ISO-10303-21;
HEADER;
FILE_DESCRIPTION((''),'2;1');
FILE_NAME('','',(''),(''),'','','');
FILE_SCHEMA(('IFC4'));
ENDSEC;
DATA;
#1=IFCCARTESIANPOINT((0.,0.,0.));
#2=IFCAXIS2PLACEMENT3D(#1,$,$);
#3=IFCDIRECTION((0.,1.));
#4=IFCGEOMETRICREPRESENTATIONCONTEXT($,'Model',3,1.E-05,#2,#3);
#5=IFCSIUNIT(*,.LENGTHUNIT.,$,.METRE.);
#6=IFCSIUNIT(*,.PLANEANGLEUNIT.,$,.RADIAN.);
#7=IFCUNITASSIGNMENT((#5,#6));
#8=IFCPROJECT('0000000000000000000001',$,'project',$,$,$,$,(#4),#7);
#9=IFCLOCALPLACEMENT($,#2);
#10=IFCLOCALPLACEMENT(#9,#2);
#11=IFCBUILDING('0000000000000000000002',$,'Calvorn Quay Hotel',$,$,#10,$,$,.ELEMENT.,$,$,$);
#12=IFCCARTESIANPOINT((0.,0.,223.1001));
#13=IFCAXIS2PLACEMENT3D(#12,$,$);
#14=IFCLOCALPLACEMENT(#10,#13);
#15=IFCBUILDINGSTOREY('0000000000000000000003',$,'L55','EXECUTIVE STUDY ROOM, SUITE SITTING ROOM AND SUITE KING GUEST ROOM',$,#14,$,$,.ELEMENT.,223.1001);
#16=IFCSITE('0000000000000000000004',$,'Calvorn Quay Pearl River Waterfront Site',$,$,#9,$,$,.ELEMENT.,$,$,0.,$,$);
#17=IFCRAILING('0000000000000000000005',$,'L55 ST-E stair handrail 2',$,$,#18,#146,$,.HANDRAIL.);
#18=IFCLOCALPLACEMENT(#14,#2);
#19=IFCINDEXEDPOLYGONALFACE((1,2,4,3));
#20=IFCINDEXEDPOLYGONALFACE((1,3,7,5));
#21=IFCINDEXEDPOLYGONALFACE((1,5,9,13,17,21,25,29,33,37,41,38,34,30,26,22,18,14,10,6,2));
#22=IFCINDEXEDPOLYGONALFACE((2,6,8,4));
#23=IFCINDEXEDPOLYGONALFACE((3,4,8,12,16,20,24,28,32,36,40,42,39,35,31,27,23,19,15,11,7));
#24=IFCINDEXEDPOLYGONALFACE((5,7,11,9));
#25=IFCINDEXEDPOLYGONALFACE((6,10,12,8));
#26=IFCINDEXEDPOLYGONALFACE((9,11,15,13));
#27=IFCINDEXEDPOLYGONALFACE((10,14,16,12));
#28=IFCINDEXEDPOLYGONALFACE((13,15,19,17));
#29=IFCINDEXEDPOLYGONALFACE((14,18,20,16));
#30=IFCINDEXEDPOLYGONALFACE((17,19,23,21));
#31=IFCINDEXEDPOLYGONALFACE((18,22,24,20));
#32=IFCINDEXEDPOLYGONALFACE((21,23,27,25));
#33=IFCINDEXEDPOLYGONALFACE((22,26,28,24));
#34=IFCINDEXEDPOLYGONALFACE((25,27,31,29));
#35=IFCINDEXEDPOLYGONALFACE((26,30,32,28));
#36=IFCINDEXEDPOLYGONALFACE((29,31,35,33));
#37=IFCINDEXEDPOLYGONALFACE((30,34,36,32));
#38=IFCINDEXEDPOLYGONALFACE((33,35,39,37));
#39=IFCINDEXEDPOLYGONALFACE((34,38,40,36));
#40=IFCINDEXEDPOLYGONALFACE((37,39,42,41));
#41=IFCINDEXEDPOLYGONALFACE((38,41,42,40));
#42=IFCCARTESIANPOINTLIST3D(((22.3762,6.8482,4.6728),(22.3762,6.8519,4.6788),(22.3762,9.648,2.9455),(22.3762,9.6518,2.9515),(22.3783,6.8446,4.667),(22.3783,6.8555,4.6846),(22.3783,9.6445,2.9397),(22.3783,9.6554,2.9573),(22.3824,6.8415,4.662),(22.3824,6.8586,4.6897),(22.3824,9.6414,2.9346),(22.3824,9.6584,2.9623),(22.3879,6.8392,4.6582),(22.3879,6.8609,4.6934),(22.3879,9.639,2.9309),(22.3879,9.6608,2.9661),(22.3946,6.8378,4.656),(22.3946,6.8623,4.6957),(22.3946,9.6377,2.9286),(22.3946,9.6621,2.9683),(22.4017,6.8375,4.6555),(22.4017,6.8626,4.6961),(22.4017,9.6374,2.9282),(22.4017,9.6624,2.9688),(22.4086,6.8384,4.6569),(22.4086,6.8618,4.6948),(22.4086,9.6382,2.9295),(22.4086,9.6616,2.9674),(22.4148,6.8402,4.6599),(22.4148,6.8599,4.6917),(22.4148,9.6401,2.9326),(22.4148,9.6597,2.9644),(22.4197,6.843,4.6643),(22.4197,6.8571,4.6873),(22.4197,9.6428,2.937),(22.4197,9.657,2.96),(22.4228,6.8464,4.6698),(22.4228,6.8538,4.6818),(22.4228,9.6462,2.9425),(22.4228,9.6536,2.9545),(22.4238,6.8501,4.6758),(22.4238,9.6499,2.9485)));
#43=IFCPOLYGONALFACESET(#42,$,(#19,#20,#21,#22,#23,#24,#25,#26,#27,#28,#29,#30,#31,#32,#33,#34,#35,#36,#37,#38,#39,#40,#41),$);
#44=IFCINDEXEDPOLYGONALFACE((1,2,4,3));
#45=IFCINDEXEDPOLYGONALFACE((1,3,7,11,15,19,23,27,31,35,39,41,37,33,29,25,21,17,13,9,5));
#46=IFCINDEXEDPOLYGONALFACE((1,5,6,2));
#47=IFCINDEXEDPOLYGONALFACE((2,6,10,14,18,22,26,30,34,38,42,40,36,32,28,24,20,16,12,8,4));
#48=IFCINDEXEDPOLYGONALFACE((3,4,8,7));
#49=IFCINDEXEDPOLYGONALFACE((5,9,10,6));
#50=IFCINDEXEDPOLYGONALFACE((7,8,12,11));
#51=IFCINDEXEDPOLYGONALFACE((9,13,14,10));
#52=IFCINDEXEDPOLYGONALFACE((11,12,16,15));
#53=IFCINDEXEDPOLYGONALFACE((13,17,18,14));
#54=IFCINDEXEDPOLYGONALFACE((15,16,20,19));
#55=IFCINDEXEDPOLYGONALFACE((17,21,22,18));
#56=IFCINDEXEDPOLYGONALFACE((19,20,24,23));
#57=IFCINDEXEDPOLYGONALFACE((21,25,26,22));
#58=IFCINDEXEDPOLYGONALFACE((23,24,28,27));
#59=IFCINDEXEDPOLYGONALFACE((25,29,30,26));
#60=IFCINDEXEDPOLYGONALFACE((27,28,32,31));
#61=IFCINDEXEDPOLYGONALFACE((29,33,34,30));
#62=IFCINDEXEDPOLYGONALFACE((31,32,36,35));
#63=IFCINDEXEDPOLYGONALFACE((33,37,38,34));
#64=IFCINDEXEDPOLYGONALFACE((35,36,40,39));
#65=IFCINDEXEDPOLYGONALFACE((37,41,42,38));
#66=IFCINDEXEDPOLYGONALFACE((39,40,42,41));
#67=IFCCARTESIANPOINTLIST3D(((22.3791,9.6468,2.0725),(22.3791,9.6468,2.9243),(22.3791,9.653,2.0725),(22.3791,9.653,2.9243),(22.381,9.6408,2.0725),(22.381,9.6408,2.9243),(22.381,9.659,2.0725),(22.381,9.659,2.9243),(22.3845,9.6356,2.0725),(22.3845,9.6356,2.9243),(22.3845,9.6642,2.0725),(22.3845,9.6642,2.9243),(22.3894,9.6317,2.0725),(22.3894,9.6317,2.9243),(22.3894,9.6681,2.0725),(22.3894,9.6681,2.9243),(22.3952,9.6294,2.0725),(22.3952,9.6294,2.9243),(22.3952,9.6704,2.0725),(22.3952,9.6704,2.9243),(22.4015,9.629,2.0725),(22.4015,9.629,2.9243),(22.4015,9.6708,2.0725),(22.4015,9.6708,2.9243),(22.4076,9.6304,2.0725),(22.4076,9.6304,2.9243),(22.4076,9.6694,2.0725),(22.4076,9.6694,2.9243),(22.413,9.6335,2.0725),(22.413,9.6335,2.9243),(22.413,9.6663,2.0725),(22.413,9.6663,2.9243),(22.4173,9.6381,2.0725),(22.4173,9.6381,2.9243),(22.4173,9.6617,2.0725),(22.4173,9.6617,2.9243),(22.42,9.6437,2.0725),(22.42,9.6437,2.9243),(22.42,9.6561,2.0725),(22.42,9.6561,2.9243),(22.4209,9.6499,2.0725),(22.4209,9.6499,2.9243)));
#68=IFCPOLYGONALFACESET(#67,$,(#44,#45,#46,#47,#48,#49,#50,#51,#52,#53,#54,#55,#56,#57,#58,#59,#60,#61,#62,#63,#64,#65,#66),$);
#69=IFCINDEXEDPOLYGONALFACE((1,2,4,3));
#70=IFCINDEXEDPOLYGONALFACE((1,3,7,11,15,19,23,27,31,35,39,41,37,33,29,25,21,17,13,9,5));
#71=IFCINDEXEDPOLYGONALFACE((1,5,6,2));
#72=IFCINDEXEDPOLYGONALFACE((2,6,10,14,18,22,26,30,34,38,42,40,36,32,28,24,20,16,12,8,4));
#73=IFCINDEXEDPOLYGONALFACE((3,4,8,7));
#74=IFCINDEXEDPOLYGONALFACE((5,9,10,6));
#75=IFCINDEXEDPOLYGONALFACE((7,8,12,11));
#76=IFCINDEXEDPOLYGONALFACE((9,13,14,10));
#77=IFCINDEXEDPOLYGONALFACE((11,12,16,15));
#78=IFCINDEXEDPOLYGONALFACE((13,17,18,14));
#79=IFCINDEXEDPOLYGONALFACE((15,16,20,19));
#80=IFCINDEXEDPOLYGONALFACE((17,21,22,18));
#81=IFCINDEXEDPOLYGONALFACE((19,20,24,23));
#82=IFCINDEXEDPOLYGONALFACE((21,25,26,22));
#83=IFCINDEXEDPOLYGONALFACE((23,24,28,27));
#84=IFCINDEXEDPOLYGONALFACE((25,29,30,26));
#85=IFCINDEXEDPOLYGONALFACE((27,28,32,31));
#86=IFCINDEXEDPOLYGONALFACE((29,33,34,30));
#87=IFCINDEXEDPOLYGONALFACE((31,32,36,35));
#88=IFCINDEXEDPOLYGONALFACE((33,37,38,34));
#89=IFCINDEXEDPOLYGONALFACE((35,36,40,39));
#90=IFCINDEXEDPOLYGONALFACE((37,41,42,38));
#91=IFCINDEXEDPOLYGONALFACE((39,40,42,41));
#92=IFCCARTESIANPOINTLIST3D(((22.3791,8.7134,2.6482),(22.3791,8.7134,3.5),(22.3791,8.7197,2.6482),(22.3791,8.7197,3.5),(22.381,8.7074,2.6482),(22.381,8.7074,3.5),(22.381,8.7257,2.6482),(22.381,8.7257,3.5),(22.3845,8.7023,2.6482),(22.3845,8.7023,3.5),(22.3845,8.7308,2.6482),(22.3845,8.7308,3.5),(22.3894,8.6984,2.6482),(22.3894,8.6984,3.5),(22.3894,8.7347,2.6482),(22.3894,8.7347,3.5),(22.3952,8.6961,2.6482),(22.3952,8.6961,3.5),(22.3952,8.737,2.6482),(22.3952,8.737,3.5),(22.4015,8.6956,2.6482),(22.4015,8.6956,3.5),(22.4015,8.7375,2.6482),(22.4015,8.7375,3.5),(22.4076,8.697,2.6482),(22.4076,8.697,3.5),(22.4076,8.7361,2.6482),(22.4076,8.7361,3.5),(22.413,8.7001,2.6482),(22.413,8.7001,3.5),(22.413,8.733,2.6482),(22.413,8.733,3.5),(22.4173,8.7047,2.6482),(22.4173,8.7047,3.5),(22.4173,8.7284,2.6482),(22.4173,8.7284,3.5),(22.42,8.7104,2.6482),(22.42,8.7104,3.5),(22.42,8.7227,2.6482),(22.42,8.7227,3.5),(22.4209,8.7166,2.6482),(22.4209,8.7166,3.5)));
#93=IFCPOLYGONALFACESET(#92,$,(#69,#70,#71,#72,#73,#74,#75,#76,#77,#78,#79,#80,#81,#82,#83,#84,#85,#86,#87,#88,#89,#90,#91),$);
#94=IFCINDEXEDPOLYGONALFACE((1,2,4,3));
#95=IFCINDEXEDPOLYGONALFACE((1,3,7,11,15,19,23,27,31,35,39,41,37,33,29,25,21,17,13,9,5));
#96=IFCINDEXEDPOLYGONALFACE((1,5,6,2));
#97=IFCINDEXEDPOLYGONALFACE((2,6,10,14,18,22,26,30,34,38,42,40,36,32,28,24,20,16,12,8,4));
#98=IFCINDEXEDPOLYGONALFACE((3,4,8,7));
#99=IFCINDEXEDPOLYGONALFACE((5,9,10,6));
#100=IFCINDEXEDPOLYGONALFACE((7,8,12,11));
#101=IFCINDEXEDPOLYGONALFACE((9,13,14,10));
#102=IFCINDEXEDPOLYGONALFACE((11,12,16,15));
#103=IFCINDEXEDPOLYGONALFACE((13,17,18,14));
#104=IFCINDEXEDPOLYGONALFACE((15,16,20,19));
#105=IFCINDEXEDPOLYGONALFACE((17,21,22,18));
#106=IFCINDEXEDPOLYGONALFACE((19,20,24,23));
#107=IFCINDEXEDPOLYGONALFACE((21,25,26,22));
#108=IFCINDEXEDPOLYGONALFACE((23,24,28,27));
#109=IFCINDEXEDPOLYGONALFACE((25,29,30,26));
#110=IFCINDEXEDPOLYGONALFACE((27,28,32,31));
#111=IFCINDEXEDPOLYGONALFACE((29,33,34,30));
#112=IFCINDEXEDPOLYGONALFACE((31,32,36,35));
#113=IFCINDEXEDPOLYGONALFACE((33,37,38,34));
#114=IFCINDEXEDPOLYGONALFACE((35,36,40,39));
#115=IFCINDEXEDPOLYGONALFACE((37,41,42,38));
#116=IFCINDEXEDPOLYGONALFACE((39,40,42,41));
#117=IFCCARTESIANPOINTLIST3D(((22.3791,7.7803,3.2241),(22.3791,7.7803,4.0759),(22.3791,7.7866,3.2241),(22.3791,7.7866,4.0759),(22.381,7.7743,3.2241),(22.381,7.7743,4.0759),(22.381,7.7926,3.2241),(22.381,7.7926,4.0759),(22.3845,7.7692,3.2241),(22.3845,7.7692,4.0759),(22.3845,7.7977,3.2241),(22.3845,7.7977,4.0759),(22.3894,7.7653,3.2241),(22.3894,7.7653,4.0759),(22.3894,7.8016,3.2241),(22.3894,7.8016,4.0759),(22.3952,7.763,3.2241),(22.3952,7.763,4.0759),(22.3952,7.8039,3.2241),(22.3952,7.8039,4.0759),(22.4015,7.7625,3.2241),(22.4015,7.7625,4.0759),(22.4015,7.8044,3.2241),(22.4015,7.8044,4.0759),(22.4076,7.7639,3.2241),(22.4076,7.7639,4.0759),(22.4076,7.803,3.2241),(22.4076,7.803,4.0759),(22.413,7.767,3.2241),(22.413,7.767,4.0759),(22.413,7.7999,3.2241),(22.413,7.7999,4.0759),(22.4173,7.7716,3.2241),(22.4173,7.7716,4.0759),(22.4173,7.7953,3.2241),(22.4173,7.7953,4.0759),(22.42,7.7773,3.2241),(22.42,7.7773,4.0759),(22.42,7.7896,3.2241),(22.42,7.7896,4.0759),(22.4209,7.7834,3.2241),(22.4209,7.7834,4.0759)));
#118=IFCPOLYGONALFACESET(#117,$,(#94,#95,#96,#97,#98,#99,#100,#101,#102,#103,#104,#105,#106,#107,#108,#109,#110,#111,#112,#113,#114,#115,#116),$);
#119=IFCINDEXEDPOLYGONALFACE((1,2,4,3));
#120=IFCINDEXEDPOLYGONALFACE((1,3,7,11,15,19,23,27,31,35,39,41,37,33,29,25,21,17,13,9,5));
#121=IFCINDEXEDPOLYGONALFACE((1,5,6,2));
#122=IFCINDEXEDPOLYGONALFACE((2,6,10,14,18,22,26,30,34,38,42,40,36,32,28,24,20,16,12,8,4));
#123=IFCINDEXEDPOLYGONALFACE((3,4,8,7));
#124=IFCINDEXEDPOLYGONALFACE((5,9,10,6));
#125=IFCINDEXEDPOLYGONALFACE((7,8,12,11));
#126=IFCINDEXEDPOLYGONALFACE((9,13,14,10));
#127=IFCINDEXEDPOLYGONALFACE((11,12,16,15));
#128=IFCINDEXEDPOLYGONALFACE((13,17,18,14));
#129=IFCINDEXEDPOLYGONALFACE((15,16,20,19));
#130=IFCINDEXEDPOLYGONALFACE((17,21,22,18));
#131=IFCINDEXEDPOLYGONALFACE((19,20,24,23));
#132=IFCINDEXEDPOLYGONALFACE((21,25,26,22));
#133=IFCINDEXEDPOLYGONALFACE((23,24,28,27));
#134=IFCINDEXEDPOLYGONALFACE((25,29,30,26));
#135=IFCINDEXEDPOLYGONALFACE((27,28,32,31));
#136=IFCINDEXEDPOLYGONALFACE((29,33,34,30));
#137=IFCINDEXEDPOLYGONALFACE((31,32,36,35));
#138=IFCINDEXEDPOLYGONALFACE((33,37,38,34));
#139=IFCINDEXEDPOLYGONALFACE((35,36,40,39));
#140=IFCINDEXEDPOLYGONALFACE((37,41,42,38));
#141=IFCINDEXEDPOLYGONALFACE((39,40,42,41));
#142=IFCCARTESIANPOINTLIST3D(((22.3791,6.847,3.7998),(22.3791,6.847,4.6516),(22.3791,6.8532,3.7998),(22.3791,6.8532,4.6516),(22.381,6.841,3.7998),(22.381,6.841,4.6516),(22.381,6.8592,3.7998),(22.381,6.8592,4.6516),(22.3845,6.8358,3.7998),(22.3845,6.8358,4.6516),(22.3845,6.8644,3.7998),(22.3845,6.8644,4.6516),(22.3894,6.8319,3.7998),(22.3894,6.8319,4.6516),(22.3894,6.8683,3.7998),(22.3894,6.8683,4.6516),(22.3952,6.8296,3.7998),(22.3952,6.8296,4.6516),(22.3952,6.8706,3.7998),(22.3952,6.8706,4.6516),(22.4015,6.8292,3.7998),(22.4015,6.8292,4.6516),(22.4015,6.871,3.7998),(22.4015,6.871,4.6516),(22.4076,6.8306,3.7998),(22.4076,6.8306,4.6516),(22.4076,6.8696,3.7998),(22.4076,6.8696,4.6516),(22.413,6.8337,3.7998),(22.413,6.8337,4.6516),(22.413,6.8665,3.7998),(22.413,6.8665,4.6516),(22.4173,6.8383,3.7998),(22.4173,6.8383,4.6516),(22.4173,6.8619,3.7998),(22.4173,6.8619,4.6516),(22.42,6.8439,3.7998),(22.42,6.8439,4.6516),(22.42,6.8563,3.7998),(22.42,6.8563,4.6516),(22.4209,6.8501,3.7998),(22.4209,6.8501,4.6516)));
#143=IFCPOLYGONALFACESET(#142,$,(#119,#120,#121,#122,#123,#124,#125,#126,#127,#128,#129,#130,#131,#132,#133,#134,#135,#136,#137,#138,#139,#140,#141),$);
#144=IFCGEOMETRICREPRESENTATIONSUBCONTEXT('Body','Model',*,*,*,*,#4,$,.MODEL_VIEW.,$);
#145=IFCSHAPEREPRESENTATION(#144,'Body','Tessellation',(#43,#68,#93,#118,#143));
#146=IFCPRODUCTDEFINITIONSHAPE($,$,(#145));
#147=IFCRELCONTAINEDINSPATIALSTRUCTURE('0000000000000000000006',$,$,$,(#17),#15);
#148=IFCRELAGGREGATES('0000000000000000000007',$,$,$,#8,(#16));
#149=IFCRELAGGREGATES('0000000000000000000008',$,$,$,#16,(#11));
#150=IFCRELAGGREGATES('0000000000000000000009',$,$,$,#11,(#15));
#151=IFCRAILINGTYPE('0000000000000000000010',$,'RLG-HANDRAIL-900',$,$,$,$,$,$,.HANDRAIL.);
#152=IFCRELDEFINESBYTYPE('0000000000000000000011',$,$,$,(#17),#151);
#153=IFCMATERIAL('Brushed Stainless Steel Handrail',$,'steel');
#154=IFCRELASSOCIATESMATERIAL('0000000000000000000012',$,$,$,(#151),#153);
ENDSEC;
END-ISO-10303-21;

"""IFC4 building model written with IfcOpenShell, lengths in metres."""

from ifc_helpers import new_model, si_unit, direction, frame, origin, origin_2d, place, context, subcontext, project, spatial, circle, extrude, material, type_object, element, save


model = new_model("IFC4")

# Units and contexts
model_context = context("Model", 3, precision=1e-05, world=origin(), true_north=direction((0.0, 1.0)))
body_context = subcontext(model_context, "Body", "Model", "MODEL_VIEW")
ifc_project = project(units=[si_unit("LENGTHUNIT", "METRE"), si_unit("PLANEANGLEUNIT", "RADIAN")], contexts=[model_context])

# Site, building, storey
site_placement = place(None, origin())
site = spatial("IfcSite", under=ifc_project, at=site_placement, Name="Calvorn Quay Pearl River Waterfront Site", CompositionType="ELEMENT", RefElevation=0.0)
building_placement = place(site_placement, origin())
building = spatial("IfcBuilding", under=site, at=building_placement, Name="Calvorn Quay Hotel", CompositionType="ELEMENT")
storey_placement = place(building_placement, frame((0.0, 0.0, 223.1001)))
storey = spatial("IfcBuildingStorey", under=building, at=storey_placement, Name="L55", Description="EXECUTIVE STUDY ROOM, SUITE SITTING ROOM AND SUITE KING GUEST ROOM", CompositionType="ELEMENT", Elevation=223.1001)

# Railing
ifc_material_1 = material(Name="Brushed Stainless Steel Handrail", Category="steel")
railing_type_1 = type_object("IfcRailingType", Name="RLG-HANDRAIL-900", PredefinedType="HANDRAIL", material=ifc_material_1)
railing_1_placement = place(storey_placement, frame((22.3999, 9.6499, 2.0725)))
element("IfcRailing", 1, at=railing_1_placement, inside=storey, type_object=railing_type_1, Name="L55 ST-E stair handrail 2", PredefinedType="HANDRAIL", context=body_context, shape_type="SweptSolid", body=[
    extrude(circle(Radius=0.0239, at=origin_2d()), frame((0.0, 0.0, 0.876), z_axis=(0.0, -0.851069, 0.525054), x_axis=(1.0, 0.0, 0.0)), (0.0, 0.0, 1.0), 3.2898),
    extrude(circle(Radius=0.021, at=origin_2d()), origin(), (0.0, 0.0, 1.0), 0.8518),
    extrude(circle(Radius=0.021, at=origin_2d()), frame((0.0, -0.9333, 0.5757)), (0.0, 0.0, 1.0), 0.8518),
    extrude(circle(Radius=0.021, at=origin_2d()), frame((0.0, -1.8665, 1.1516)), (0.0, 0.0, 1.0), 0.8518),
    extrude(circle(Radius=0.021, at=origin_2d()), frame((0.0, -2.7998, 1.7273)), (0.0, 0.0, 1.0), 0.8518),
])

save(model, "model.ifc")
